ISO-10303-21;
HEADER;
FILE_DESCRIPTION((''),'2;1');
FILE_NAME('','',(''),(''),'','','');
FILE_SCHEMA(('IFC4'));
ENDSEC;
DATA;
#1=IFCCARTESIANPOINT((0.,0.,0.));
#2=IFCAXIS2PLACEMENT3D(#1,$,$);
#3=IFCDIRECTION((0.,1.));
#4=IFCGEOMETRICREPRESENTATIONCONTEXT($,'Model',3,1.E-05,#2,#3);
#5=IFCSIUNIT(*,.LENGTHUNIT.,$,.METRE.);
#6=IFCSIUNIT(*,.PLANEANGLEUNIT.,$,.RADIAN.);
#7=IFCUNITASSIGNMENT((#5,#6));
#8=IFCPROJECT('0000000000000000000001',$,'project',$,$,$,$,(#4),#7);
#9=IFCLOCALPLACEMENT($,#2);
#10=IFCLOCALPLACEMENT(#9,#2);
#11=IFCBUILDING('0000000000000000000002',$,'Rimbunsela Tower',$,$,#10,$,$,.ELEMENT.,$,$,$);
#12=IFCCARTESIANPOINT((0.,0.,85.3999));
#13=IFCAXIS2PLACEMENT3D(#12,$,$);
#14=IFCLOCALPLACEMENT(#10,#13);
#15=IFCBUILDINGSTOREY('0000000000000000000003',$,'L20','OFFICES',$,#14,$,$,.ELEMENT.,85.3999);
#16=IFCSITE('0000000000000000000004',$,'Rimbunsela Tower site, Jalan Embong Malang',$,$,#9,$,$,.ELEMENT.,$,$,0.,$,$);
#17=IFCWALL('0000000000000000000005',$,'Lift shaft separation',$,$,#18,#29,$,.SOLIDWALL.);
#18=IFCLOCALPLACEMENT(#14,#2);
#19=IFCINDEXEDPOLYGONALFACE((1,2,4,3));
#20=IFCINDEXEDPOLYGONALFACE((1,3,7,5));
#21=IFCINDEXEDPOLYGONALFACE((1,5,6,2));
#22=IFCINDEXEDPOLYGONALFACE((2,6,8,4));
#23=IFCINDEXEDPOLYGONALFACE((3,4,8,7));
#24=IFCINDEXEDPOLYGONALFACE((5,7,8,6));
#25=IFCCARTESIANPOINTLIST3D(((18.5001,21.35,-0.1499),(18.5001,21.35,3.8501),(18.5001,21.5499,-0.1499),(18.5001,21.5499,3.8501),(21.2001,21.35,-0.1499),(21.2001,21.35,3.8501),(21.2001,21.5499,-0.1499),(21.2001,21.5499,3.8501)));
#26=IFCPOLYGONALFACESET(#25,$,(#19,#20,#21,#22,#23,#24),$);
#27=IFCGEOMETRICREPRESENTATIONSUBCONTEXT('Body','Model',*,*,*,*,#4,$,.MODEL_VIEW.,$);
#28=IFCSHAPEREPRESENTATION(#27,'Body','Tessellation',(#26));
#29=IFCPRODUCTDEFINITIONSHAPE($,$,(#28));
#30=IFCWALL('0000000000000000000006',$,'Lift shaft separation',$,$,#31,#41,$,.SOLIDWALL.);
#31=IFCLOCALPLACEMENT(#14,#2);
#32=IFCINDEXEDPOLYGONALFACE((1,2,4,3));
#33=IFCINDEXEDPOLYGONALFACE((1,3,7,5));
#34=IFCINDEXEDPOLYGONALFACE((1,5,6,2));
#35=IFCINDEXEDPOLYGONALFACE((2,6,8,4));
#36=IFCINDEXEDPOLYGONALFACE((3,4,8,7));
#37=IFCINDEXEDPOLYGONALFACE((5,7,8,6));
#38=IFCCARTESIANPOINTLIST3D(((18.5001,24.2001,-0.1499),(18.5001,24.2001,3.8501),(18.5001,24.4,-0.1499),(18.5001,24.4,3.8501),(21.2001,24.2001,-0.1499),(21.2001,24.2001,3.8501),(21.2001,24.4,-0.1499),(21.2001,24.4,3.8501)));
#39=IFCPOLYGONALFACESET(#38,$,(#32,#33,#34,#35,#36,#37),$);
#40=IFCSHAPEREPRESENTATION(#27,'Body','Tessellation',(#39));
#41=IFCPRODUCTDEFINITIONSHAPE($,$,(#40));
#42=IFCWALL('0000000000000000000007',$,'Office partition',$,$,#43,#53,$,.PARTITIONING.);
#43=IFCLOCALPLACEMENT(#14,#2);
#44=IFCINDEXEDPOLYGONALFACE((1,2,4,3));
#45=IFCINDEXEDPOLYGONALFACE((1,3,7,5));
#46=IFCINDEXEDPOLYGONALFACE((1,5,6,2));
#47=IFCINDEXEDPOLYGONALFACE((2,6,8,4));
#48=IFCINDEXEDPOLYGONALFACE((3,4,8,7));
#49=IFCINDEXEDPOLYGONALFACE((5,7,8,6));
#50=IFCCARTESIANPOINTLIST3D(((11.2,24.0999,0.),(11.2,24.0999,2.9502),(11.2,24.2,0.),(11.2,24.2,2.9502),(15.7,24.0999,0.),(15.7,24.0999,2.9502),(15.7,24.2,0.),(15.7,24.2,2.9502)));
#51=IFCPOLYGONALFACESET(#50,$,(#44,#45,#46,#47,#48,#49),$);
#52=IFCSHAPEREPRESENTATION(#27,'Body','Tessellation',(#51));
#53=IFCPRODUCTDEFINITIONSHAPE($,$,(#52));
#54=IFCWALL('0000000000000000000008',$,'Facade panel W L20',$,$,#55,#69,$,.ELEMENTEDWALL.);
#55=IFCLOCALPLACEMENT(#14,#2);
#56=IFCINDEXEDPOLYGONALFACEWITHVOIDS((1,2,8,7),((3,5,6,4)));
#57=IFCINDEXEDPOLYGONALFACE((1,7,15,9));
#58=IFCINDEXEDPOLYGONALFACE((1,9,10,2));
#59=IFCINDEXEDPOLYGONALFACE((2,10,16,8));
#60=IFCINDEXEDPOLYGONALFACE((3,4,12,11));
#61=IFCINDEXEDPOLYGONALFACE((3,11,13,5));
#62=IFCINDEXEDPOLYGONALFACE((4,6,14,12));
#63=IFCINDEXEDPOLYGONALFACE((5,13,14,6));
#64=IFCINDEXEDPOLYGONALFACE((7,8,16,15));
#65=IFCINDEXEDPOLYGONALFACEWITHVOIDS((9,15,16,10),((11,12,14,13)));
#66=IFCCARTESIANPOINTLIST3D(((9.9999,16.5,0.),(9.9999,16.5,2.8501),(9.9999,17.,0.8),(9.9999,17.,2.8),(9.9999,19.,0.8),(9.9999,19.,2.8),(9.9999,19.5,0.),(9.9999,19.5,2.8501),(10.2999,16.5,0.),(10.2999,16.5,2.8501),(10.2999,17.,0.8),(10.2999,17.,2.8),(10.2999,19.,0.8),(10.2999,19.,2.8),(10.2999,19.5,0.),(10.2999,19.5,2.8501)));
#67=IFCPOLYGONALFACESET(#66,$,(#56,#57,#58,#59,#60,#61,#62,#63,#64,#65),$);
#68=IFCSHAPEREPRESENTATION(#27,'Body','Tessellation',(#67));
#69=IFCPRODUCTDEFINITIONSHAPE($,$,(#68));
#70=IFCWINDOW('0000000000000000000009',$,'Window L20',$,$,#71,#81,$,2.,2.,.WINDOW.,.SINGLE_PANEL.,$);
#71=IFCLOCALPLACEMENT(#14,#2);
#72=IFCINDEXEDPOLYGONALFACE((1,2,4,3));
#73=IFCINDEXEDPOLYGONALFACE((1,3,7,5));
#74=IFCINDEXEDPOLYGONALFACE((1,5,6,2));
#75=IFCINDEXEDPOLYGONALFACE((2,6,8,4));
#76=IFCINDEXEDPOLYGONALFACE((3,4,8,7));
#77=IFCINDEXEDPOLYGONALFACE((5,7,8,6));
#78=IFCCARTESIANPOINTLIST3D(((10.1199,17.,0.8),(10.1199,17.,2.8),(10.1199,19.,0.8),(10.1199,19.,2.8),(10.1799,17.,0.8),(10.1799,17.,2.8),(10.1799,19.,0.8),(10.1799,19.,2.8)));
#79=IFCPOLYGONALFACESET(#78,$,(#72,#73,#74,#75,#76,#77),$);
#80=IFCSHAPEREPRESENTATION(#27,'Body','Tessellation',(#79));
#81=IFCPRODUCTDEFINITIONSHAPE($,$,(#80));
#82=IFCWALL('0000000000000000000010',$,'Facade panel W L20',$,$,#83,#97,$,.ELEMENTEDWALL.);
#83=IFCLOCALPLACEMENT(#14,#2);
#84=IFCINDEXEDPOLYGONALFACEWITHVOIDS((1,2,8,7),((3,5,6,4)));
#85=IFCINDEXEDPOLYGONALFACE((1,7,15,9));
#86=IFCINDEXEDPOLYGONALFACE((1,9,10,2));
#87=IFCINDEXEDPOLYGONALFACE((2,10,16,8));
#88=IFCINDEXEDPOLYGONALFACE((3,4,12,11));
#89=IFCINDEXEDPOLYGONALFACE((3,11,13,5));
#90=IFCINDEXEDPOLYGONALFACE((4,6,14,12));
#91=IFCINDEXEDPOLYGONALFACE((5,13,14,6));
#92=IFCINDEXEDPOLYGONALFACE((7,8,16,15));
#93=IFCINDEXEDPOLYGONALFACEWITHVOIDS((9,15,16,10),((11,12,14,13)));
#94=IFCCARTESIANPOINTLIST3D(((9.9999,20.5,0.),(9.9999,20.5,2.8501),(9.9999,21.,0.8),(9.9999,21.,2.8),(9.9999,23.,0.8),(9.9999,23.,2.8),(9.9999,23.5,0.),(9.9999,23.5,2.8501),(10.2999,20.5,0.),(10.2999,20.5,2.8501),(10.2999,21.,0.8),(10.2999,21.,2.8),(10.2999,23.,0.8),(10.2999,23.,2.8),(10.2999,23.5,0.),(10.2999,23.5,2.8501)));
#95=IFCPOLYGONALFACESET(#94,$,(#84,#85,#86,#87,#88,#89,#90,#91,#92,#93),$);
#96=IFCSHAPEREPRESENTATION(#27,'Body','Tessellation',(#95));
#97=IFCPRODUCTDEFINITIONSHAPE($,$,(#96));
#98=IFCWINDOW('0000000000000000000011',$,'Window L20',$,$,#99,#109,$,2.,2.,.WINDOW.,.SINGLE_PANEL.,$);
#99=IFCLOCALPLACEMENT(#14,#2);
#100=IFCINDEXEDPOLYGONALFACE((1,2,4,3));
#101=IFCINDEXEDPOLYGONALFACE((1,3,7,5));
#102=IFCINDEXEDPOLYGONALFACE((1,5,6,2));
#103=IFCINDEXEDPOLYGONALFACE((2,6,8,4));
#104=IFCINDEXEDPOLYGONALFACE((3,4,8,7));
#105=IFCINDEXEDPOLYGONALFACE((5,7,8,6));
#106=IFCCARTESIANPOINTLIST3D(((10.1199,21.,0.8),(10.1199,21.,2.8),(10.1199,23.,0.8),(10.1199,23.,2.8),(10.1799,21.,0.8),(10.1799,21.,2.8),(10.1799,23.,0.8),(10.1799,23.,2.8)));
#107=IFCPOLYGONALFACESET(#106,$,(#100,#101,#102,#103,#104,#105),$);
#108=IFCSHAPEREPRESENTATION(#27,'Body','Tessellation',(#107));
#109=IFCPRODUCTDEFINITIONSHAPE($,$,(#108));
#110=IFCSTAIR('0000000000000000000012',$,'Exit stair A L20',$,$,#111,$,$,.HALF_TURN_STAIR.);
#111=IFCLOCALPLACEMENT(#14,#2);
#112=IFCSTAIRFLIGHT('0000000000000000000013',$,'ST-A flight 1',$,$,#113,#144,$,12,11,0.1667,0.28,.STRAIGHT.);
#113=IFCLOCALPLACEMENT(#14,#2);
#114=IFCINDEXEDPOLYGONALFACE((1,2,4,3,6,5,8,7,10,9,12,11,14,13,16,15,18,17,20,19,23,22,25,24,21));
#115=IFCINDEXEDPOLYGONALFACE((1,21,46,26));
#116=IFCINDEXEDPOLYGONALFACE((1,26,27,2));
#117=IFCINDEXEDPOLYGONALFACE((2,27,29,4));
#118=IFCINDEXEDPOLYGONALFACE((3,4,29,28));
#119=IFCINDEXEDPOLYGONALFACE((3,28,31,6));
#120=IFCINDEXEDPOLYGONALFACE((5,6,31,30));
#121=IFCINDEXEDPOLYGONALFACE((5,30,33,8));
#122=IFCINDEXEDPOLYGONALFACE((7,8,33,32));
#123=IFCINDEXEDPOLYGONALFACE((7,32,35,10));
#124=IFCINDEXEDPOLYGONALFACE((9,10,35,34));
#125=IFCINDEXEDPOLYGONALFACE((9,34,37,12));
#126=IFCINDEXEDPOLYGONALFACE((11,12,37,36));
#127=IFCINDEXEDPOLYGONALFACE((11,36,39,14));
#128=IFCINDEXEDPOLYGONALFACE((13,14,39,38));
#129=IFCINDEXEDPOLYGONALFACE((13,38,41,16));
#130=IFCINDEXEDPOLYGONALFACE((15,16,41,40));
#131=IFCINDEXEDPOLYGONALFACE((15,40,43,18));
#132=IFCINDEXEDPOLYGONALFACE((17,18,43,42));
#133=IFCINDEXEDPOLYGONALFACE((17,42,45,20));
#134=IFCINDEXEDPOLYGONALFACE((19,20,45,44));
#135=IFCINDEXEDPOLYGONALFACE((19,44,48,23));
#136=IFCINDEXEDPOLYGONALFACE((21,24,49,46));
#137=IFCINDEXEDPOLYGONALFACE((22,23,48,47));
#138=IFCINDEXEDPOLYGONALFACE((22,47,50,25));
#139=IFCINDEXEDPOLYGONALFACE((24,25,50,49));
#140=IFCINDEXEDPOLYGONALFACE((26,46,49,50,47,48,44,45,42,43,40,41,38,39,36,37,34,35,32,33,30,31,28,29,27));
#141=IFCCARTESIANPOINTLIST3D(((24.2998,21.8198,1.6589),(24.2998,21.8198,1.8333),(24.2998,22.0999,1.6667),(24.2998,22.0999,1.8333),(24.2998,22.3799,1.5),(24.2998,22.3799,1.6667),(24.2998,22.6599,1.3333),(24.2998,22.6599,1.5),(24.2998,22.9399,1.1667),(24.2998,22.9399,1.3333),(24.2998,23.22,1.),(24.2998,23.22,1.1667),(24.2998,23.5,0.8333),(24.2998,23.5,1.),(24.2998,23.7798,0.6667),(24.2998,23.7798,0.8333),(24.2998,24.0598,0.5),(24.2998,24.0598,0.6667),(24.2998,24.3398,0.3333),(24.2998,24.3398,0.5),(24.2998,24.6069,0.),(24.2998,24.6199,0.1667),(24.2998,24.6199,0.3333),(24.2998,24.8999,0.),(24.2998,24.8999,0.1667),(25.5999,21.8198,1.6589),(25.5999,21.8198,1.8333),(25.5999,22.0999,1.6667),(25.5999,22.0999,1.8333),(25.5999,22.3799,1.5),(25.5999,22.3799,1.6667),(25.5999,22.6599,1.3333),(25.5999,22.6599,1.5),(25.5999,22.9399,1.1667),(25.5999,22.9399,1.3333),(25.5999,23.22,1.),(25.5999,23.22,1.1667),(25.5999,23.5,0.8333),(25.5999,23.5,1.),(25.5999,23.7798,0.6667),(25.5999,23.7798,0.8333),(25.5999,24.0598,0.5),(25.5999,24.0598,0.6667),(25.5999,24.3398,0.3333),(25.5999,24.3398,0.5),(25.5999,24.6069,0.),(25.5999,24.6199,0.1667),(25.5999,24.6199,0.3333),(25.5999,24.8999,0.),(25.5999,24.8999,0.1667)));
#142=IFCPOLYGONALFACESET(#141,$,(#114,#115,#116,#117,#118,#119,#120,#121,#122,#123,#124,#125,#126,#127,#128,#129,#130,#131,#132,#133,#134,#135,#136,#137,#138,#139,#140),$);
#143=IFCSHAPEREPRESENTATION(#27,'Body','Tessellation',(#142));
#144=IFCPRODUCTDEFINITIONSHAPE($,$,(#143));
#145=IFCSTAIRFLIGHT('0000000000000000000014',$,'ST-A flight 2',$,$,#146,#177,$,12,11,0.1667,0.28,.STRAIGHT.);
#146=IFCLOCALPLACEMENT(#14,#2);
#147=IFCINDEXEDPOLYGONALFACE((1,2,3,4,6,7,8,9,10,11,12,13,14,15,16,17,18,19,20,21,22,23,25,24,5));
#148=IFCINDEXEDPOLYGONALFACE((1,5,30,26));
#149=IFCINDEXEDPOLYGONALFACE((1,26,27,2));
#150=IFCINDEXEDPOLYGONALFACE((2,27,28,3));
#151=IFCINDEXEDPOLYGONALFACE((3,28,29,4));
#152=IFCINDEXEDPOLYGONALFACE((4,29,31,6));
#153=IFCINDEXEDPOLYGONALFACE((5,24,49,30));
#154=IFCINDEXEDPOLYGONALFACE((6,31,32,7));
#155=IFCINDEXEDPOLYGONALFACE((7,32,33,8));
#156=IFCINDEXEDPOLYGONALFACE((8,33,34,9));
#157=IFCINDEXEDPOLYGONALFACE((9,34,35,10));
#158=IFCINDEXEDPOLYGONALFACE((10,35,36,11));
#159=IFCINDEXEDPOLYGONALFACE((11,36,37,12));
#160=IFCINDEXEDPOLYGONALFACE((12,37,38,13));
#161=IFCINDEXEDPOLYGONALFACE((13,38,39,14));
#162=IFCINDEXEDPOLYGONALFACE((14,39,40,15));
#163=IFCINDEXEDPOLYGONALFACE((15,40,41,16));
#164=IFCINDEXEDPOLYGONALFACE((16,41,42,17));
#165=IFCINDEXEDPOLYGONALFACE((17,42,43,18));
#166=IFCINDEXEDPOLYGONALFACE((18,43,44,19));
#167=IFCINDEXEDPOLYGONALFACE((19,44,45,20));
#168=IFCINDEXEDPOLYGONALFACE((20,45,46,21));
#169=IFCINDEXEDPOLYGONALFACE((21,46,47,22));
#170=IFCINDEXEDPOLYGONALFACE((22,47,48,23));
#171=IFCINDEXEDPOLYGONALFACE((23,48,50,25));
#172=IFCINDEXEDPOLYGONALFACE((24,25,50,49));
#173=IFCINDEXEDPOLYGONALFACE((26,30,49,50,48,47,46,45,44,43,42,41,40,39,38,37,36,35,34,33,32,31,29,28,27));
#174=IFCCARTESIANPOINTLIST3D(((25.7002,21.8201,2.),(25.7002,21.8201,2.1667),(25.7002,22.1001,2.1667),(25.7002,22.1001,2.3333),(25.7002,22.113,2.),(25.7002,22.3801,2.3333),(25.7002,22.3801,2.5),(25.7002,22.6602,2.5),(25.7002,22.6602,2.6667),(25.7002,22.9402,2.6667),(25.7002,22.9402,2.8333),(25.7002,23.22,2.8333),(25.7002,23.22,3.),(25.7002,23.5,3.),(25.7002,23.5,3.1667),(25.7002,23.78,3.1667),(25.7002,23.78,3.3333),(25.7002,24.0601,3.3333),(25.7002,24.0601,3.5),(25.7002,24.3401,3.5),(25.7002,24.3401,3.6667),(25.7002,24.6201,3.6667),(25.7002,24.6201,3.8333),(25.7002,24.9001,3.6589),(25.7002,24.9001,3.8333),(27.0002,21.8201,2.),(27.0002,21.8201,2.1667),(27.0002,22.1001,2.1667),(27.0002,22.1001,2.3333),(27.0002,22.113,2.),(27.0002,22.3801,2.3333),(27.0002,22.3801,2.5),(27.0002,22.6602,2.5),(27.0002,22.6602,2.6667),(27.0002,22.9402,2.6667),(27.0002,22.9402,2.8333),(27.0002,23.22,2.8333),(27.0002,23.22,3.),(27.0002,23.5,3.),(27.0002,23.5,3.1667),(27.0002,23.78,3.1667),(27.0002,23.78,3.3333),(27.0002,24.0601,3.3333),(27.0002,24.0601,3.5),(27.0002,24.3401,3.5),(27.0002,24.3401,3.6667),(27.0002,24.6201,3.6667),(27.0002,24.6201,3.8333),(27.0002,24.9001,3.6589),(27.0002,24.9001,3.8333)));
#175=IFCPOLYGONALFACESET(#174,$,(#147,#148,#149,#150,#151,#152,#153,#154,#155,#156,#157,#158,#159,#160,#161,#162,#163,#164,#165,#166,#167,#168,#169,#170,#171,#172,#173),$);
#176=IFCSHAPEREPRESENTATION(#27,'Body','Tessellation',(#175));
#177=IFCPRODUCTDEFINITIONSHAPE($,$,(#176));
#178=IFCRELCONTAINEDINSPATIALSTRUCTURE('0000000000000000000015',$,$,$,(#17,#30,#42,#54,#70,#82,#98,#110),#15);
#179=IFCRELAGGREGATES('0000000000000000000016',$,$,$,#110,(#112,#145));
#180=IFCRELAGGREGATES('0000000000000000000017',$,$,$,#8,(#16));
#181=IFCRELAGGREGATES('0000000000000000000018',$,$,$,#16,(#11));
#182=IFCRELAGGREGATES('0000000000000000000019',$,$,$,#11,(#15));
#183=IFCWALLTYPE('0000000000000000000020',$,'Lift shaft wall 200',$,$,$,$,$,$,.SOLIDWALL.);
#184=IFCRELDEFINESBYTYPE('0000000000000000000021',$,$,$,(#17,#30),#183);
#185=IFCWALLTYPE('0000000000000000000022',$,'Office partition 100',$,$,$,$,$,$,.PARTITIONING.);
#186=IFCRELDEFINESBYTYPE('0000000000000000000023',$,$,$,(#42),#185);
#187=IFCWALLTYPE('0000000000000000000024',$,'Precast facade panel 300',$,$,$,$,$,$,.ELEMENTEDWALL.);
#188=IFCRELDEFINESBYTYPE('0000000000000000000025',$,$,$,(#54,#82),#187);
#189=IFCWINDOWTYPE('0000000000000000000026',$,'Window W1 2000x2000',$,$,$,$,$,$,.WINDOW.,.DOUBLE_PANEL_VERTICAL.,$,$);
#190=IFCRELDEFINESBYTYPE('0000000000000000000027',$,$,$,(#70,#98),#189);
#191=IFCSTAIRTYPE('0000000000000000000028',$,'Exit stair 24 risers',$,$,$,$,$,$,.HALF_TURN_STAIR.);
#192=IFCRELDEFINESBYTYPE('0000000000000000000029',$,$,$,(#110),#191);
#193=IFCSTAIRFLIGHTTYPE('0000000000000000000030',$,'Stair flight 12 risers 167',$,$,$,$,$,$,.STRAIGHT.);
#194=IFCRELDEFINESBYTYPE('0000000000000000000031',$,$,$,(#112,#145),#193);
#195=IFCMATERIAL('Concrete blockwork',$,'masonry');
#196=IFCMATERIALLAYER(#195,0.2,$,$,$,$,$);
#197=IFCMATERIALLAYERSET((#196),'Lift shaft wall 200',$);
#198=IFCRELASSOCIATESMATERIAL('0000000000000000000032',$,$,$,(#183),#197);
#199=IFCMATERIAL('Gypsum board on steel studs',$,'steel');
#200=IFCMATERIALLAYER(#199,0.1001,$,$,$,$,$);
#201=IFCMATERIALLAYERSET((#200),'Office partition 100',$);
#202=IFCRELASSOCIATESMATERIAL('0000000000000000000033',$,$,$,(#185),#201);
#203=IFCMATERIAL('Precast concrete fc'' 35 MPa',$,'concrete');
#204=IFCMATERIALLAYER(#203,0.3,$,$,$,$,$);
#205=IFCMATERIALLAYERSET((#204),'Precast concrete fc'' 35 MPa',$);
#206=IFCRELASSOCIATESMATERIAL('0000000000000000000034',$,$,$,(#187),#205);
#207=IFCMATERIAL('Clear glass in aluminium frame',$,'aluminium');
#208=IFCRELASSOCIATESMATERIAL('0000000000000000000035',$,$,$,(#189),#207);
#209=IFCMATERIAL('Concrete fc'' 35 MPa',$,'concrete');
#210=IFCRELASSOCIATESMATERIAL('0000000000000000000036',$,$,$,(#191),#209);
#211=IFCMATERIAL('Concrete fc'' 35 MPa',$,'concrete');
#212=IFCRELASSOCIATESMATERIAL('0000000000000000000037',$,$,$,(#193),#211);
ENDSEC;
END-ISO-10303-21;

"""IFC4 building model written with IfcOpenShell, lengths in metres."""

from ifc_helpers import new_model, si_unit, direction, frame, frame_2d, origin, place, context, subcontext, project, spatial, polyline, rectangle, outline, extrude, material, layer, layer_set, type_object, element, fill, aggregate, save


model = new_model("IFC4")

# Units and contexts
model_context = context("Model", 3, precision=1e-05, world=origin(), true_north=direction((0.0, 1.0)))
body_context = subcontext(model_context, "Body", "Model", "MODEL_VIEW")
ifc_project = project(units=[si_unit("LENGTHUNIT", "METRE"), si_unit("PLANEANGLEUNIT", "RADIAN")], contexts=[model_context])

# Site, building, storey
site_placement = place(None, origin())
site = spatial("IfcSite", under=ifc_project, at=site_placement, Name="Rimbunsela Tower site, Jalan Embong Malang", CompositionType="ELEMENT", RefElevation=0.0)
building_placement = place(site_placement, origin())
building = spatial("IfcBuilding", under=site, at=building_placement, Name="Rimbunsela Tower", CompositionType="ELEMENT")
storey_placement = place(building_placement, frame((0.0, 0.0, 85.3999)))
storey = spatial("IfcBuildingStorey", under=building, at=storey_placement, Name="L20", Description="OFFICES", CompositionType="ELEMENT", Elevation=85.3999)

# Walls
ifc_material_1 = material(Name="Concrete blockwork", Category="masonry")
ifc_layer_1 = layer(ifc_material_1, 0.2)
ifc_layer_set_1 = layer_set([ifc_layer_1], Name="Lift shaft wall 200")
wall_type_1 = type_object("IfcWallType", Name="Lift shaft wall 200", PredefinedType="SOLIDWALL", material=ifc_layer_set_1)
for number, where, z_axis, x_axis, name in (
    (1, (18.5, 21.45, -0.1499), (0.0, 0.0, 1.0), (1.0, 0.0, 0.0), "Lift shaft separation"),
    (2, (18.5, 24.3, -0.1499), (0.0, 0.0, 1.0), (1.0, 0.0, 0.0), "Lift shaft separation"),
):
    element("IfcWall", number, at=place(storey_placement, frame(where, z_axis=z_axis, x_axis=x_axis)), inside=storey, type_object=wall_type_1, Name=name, PredefinedType="SOLIDWALL", context=body_context, shape_type="SweptSolid", body=[
        extrude(rectangle(XDim=2.7, YDim=0.2, at=frame_2d((1.3501, 0.0))), origin(), (0.0, 0.0, 1.0), 4.0),
    ])
ifc_material_2 = material(Name="Gypsum board on steel studs", Category="steel")
ifc_layer_2 = layer(ifc_material_2, 0.1001)
ifc_layer_set_2 = layer_set([ifc_layer_2], Name="Office partition 100")
wall_type_2 = type_object("IfcWallType", Name="Office partition 100", PredefinedType="PARTITIONING", material=ifc_layer_set_2)
wall_1_placement = place(storey_placement, frame((11.2, 24.1499, 0.0), z_axis=(0.0, 0.0, 1.0), x_axis=(1.0, 0.0, 0.0)))
element("IfcWall", 3, at=wall_1_placement, inside=storey, type_object=wall_type_2, Name="Office partition", PredefinedType="PARTITIONING", context=body_context, shape_type="SweptSolid", body=[
    extrude(rectangle(XDim=4.5, YDim=0.1001, at=frame_2d((2.25, 0.0))), origin(), (0.0, 0.0, 1.0), 2.9502),
])

# Walls, openings, windows
ifc_material_3 = material(Name="Precast concrete fc' 35 MPa", Category="concrete")
ifc_layer_3 = layer(ifc_material_3, 0.3)
ifc_layer_set_3 = layer_set([ifc_layer_3], Name="Precast concrete fc' 35 MPa")
wall_type_3 = type_object("IfcWallType", Name="Precast facade panel 300", PredefinedType="ELEMENTEDWALL", material=ifc_layer_set_3)
wall_2_placement = place(storey_placement, frame((10.1499, 19.5, 0.0), z_axis=(0.0, 0.0, 1.0), x_axis=(0.0, -1.0, 0.0)))
wall_2 = element("IfcWall", 4, at=wall_2_placement, inside=storey, type_object=wall_type_3, Name="Facade panel W L20", PredefinedType="ELEMENTEDWALL", context=body_context, shape_type="SweptSolid", body=[
    extrude(rectangle(XDim=3.0, YDim=0.3, at=frame_2d((1.5, 0.0))), origin(), (0.0, 0.0, 1.0), 2.8501),
])
opening_1_placement = place(wall_2_placement, frame((0.5, 0.0, 0.8)))
opening_1 = element("IfcOpeningElement", 5, at=opening_1_placement, cuts=wall_2, PredefinedType="OPENING", context=body_context, shape_type="SweptSolid", body=[
    extrude(rectangle(XDim=2.0, YDim=2.0, at=frame_2d((1.0, 1.0))), frame((0.0, 0.1599, 0.0), z_axis=(0.0, -1.0, 0.0), x_axis=(1.0, 0.0, 0.0)), (0.0, 0.0, 1.0), 0.3201),
])
ifc_material_4 = material(Name="Clear glass in aluminium frame", Category="aluminium")
window_type = type_object("IfcWindowType", Name="Window W1 2000x2000", PartitioningType="DOUBLE_PANEL_VERTICAL", PredefinedType="WINDOW", material=ifc_material_4)
window_1_placement = place(opening_1_placement, origin())
window_1 = element("IfcWindow", 6, at=window_1_placement, inside=storey, type_object=window_type, Name="Window L20", OverallHeight=2.0, OverallWidth=2.0, PartitioningType="SINGLE_PANEL", PredefinedType="WINDOW", context=body_context, shape_type="SweptSolid", body=[
    extrude(rectangle(XDim=2.0, YDim=2.0, at=frame_2d((1.0, 1.0))), frame((0.0, 0.03, 0.0), z_axis=(0.0, -1.0, 0.0), x_axis=(1.0, 0.0, 0.0)), (0.0, 0.0, 1.0), 0.0601),
])
fill(opening_1, window_1)
wall_3_placement = place(storey_placement, frame((10.1499, 23.5, 0.0), z_axis=(0.0, 0.0, 1.0), x_axis=(0.0, -1.0, 0.0)))
wall_3 = element("IfcWall", 7, at=wall_3_placement, inside=storey, type_object=wall_type_3, Name="Facade panel W L20", PredefinedType="ELEMENTEDWALL", context=body_context, shape_type="SweptSolid", body=[
    extrude(rectangle(XDim=3.0, YDim=0.3, at=frame_2d((1.5, 0.0))), origin(), (0.0, 0.0, 1.0), 2.8501),
])
opening_2_placement = place(wall_3_placement, frame((0.5, 0.0, 0.8)))
opening_2 = element("IfcOpeningElement", 8, at=opening_2_placement, cuts=wall_3, PredefinedType="OPENING", context=body_context, shape_type="SweptSolid", body=[
    extrude(rectangle(XDim=2.0, YDim=2.0, at=frame_2d((1.0, 1.0))), frame((0.0, 0.1599, 0.0), z_axis=(0.0, -1.0, 0.0), x_axis=(1.0, 0.0, 0.0)), (0.0, 0.0, 1.0), 0.3201),
])
window_2_placement = place(opening_2_placement, origin())
window_2 = element("IfcWindow", 9, at=window_2_placement, inside=storey, type_object=window_type, Name="Window L20", OverallHeight=2.0, OverallWidth=2.0, PartitioningType="SINGLE_PANEL", PredefinedType="WINDOW", context=body_context, shape_type="SweptSolid", body=[
    extrude(rectangle(XDim=2.0, YDim=2.0, at=frame_2d((1.0, 1.0))), frame((0.0, 0.03, 0.0), z_axis=(0.0, -1.0, 0.0), x_axis=(1.0, 0.0, 0.0)), (0.0, 0.0, 1.0), 0.0601),
])
fill(opening_2, window_2)

# Stair, stair flights
ifc_material_5 = material(Name="Concrete fc' 35 MPa", Category="concrete")
stair_type = type_object("IfcStairType", Name="Exit stair 24 risers", PredefinedType="HALF_TURN_STAIR", material=ifc_material_5)
stair_placement = place(storey_placement, origin())
stair = element("IfcStair", 10, at=stair_placement, inside=storey, type_object=stair_type, Name="Exit stair A L20", PredefinedType="HALF_TURN_STAIR")
ifc_material_6 = material(Name="Concrete fc' 35 MPa", Category="concrete")
stair_flight_type = type_object("IfcStairFlightType", Name="Stair flight 12 risers 167", PredefinedType="STRAIGHT", material=ifc_material_6)
stair_flight_1_placement = place(storey_placement, frame((24.95, 24.8999, 0.0), z_axis=(0.0, 0.0, 1.0), x_axis=(0.0, -1.0, 0.0)))
stair_flight_1 = element("IfcStairFlight", 11, at=stair_flight_1_placement, type_object=stair_flight_type, Name="ST-A flight 1", NumberOfRisers=12, NumberOfTreads=11, PredefinedType="STRAIGHT", RiserHeight=0.1667, TreadLength=0.28, context=body_context, shape_type="SweptSolid", body=[
    extrude(outline(polyline([(0.0, 0.0), (0.0, 0.1667), (0.28, 0.1667), (0.28, 0.3333), (0.5601, 0.3333), (0.5601, 0.5), (0.8401, 0.5), (0.8401, 0.6667), (1.1201, 0.6667), (1.1201, 0.8333), (1.3999, 0.8333), (1.3999, 1.0), (1.6799, 1.0), (1.6799, 1.1667), (1.96, 1.1667), (1.96, 1.3333), (2.24, 1.3333), (2.24, 1.5), (2.52, 1.5), (2.52, 1.6667), (2.8, 1.6667), (2.8, 1.8333), (3.0801, 1.8333), (3.0801, 2.0), (3.0801, 1.6589), (0.293, 0.0), (0.0, 0.0)])), frame((0.0, 0.6499, 0.0), z_axis=(0.0, -1.0, 0.0), x_axis=(1.0, 0.0, 0.0)), (0.0, 0.0, 1.0), 1.3),
])
stair_flight_2_placement = place(storey_placement, frame((26.3501, 21.8201, 2.0), z_axis=(0.0, 0.0, 1.0), x_axis=(0.0, 1.0, 0.0)))
stair_flight_2 = element("IfcStairFlight", 12, at=stair_flight_2_placement, type_object=stair_flight_type, Name="ST-A flight 2", NumberOfRisers=12, NumberOfTreads=11, PredefinedType="STRAIGHT", RiserHeight=0.1667, TreadLength=0.28, context=body_context, shape_type="SweptSolid", body=[
    extrude(outline(polyline([(0.0, 0.0), (0.0, 0.1667), (0.28, 0.1667), (0.28, 0.3333), (0.5601, 0.3333), (0.5601, 0.5), (0.8401, 0.5), (0.8401, 0.6667), (1.1201, 0.6667), (1.1201, 0.8333), (1.3999, 0.8333), (1.3999, 1.0), (1.6799, 1.0), (1.6799, 1.1667), (1.96, 1.1667), (1.96, 1.3333), (2.24, 1.3333), (2.24, 1.5), (2.52, 1.5), (2.52, 1.6667), (2.8, 1.6667), (2.8, 1.8333), (3.0801, 1.8333), (3.0801, 2.0), (3.0801, 1.6589), (0.293, 0.0), (0.0, 0.0)])), frame((0.0, 0.6499, 0.0), z_axis=(0.0, -1.0, 0.0), x_axis=(1.0, 0.0, 0.0)), (0.0, 0.0, 1.0), 1.3),
])
aggregate(stair, [stair_flight_1, stair_flight_2])

save(model, "model.ifc")
